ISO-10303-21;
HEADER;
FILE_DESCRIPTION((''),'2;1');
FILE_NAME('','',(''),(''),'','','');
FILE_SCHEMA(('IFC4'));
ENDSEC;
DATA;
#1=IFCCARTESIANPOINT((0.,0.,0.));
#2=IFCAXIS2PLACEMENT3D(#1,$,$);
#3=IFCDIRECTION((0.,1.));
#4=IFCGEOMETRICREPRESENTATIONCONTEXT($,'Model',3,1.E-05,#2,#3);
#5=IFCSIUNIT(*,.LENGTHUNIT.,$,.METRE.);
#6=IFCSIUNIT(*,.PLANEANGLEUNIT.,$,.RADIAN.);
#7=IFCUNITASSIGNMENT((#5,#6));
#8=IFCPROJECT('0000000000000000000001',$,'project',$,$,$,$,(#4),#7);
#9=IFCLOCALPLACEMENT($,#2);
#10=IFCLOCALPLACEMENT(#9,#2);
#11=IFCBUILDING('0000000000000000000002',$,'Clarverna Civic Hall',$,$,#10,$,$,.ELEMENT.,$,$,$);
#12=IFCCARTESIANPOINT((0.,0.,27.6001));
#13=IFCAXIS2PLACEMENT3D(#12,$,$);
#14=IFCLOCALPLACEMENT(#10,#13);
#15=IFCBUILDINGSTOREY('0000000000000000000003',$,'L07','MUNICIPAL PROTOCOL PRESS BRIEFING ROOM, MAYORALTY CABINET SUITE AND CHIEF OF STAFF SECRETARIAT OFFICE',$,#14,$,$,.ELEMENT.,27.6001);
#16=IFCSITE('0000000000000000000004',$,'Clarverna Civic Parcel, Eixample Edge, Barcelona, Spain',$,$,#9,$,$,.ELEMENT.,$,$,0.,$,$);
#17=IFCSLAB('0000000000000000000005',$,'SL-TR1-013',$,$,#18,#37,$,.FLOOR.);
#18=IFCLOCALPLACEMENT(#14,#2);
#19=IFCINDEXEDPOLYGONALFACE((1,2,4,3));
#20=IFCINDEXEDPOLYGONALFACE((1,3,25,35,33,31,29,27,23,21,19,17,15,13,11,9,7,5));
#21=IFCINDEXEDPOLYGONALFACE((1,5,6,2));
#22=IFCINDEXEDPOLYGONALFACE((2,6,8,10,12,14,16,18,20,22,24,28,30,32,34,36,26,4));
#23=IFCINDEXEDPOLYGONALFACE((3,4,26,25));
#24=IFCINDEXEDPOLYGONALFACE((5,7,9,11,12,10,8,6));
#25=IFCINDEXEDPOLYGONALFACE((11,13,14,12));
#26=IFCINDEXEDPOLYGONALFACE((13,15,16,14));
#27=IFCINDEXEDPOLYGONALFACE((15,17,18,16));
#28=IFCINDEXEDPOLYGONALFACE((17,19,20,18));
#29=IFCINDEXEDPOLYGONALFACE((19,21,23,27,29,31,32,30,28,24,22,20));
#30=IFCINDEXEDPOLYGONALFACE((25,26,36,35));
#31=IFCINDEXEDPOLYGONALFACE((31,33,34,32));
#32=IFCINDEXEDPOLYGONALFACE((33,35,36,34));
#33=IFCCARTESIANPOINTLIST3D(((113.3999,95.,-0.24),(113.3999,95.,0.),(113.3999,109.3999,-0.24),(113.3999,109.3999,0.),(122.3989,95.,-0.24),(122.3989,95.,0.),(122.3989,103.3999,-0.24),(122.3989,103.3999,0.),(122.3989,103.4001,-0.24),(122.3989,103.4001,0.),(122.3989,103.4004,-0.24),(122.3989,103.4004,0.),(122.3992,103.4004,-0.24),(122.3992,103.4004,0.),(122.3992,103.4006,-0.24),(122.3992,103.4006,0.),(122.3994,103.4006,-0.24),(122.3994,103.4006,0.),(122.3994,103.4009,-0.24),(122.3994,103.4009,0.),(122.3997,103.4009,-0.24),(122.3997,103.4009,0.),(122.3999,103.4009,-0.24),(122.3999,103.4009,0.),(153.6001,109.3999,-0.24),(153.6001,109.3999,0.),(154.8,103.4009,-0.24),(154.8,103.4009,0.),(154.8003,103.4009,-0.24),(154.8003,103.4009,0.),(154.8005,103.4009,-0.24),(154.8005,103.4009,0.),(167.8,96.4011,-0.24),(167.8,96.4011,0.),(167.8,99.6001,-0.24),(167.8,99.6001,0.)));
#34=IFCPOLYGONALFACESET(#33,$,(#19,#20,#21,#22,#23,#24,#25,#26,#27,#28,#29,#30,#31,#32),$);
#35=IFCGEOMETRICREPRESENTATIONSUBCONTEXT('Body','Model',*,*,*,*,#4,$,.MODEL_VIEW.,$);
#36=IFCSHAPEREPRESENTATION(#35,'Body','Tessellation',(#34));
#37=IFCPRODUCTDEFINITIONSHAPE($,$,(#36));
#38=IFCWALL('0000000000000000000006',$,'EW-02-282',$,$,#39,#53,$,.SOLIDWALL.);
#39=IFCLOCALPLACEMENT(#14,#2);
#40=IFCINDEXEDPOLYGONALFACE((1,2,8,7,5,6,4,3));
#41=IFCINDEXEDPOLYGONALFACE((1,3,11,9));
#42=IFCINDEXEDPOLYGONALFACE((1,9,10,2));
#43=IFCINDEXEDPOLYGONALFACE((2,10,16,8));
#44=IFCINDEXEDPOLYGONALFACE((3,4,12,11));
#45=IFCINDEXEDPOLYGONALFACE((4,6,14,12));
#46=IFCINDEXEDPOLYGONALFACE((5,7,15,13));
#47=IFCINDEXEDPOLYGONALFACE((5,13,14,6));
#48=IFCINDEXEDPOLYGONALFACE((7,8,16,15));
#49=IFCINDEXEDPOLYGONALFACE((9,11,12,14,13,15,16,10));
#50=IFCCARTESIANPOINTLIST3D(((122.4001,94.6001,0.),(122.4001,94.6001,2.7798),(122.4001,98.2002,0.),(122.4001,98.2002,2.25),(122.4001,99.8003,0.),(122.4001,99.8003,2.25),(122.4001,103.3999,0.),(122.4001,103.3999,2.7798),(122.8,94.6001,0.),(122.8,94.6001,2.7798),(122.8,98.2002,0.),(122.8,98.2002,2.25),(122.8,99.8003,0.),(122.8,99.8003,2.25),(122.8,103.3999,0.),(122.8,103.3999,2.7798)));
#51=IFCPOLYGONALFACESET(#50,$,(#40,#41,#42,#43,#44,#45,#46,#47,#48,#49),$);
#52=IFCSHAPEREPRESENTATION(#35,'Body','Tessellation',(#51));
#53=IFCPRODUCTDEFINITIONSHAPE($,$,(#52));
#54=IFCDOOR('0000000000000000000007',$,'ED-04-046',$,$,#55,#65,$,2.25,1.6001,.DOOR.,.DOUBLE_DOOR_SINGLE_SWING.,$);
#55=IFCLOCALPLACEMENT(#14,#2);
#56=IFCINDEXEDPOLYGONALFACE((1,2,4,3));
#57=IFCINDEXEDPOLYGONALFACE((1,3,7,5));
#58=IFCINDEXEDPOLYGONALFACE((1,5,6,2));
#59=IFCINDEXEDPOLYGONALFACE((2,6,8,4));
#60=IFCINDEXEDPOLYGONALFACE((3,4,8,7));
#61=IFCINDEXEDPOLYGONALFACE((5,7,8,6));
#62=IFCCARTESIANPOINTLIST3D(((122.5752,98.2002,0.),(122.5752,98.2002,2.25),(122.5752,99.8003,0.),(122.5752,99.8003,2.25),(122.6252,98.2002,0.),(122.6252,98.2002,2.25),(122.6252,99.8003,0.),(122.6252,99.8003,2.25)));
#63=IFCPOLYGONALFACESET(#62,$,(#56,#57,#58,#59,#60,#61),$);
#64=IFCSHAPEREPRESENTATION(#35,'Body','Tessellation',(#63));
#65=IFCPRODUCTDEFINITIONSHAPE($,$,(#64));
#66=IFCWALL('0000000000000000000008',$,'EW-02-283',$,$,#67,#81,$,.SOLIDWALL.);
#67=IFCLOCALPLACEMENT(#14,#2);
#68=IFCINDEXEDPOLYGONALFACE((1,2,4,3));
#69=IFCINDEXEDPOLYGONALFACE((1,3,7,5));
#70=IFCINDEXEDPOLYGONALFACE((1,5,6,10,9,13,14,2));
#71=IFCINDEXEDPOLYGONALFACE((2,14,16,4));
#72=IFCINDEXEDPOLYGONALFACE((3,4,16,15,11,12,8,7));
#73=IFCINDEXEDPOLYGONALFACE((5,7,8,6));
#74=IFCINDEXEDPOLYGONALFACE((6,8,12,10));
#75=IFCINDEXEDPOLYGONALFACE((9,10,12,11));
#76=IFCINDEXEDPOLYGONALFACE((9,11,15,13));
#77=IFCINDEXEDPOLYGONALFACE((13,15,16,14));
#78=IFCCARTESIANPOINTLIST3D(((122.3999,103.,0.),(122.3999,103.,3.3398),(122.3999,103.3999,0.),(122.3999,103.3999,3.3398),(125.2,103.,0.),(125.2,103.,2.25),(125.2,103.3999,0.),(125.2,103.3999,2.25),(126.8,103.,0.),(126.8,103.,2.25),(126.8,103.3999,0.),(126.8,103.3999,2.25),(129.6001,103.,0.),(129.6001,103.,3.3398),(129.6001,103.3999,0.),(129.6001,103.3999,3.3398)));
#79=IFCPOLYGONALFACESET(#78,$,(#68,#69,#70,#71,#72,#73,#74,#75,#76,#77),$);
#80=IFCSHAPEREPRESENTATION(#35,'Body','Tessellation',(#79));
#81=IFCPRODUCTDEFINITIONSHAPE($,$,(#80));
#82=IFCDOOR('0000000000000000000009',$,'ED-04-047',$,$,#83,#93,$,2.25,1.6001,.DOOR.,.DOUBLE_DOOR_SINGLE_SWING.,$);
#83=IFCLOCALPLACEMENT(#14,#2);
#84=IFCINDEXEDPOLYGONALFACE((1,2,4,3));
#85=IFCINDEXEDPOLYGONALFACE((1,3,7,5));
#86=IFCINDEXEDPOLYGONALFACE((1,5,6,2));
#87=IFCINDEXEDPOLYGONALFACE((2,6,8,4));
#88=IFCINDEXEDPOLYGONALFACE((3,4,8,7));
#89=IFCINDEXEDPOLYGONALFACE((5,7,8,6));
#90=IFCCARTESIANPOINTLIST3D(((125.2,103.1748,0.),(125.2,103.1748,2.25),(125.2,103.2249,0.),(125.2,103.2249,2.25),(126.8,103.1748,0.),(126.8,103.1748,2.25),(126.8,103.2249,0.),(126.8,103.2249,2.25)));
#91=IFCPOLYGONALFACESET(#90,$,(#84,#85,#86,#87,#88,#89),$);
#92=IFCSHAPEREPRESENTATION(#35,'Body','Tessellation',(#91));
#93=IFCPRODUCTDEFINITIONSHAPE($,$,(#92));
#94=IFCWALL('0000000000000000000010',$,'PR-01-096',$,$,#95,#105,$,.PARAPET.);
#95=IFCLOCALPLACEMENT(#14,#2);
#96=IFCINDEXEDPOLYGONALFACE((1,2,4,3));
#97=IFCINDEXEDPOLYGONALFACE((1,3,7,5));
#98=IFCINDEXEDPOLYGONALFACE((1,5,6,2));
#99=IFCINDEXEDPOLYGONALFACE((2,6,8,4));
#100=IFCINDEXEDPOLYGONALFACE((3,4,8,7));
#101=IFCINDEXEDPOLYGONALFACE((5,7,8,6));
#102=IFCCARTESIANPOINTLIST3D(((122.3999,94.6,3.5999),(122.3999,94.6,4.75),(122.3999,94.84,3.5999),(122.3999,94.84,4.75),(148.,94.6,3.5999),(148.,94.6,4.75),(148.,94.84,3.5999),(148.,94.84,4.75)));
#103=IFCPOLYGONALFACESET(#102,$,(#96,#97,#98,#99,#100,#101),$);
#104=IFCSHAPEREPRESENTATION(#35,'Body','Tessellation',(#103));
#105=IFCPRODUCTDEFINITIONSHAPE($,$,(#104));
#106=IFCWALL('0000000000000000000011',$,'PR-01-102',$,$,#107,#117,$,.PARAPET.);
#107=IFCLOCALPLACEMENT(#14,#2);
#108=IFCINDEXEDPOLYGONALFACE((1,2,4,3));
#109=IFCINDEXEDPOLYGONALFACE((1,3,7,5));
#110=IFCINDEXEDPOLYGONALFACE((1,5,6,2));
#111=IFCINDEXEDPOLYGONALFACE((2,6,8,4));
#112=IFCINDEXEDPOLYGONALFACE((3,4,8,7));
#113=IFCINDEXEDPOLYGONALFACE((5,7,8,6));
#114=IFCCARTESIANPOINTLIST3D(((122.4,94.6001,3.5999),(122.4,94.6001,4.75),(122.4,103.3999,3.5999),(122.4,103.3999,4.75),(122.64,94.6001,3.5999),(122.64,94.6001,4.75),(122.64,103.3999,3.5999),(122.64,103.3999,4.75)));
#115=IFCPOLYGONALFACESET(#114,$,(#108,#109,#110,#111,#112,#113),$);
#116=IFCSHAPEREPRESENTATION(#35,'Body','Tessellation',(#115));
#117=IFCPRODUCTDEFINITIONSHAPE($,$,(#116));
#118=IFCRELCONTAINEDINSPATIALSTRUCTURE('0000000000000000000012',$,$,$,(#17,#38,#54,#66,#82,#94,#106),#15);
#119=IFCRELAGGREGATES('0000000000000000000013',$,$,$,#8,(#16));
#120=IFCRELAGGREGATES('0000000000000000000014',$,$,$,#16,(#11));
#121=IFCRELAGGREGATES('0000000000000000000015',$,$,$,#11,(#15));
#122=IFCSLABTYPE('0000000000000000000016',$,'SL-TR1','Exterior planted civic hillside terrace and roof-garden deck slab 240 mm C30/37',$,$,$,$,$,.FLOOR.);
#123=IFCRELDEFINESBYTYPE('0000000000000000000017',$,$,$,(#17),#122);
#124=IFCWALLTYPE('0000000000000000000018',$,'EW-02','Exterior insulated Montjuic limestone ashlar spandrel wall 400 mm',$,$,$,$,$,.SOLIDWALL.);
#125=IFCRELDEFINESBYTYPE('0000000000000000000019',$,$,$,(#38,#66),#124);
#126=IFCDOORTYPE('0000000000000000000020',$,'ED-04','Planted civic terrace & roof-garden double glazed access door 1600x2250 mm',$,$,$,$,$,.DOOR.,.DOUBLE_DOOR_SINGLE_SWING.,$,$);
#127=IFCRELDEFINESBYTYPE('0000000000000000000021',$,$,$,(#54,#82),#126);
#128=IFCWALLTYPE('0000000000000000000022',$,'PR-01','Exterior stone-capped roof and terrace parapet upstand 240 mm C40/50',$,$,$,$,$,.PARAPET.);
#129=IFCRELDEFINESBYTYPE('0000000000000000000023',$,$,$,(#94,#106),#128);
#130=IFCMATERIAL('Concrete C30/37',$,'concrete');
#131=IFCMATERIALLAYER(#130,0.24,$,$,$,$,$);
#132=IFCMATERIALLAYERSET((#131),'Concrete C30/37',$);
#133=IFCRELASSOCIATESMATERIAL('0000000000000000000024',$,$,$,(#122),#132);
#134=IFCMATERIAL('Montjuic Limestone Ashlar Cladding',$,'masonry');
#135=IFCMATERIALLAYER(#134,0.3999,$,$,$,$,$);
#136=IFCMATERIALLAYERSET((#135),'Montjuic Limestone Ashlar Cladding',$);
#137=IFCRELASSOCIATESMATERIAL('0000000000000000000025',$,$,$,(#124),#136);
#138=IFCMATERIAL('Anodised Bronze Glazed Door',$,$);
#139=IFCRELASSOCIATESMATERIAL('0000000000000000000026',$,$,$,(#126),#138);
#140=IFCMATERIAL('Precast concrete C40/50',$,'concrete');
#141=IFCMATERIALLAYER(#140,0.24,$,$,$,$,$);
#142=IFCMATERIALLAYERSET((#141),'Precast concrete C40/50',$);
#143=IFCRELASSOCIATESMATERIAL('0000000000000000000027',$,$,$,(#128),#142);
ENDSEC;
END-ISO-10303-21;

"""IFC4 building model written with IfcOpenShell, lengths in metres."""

from ifc_helpers import new_model, si_unit, direction, frame, frame_2d, origin, place, context, subcontext, project, spatial, polyline, rectangle, outline, extrude, material, layer, layer_set, type_object, element, fill, save


model = new_model("IFC4")

# Units and contexts
model_context = context("Model", 3, precision=1e-05, world=origin(), true_north=direction((0.0, 1.0)))
body_context = subcontext(model_context, "Body", "Model", "MODEL_VIEW")
ifc_project = project(units=[si_unit("LENGTHUNIT", "METRE"), si_unit("PLANEANGLEUNIT", "RADIAN")], contexts=[model_context])

# Site, building, storey
site_placement = place(None, origin())
site = spatial("IfcSite", under=ifc_project, at=site_placement, Name="Clarverna Civic Parcel, Eixample Edge, Barcelona, Spain", CompositionType="ELEMENT", RefElevation=0.0)
building_placement = place(site_placement, origin())
building = spatial("IfcBuilding", under=site, at=building_placement, Name="Clarverna Civic Hall", CompositionType="ELEMENT")
storey_placement = place(building_placement, frame((0.0, 0.0, 27.6001)))
storey = spatial("IfcBuildingStorey", under=building, at=storey_placement, Name="L07", Description="MUNICIPAL PROTOCOL PRESS BRIEFING ROOM, MAYORALTY CABINET SUITE AND CHIEF OF STAFF SECRETARIAT OFFICE", CompositionType="ELEMENT", Elevation=27.6001)

# Slab
ifc_material_1 = material(Name="Concrete C30/37", Category="concrete")
ifc_layer_1 = layer(ifc_material_1, 0.24)
ifc_layer_set_1 = layer_set([ifc_layer_1], Name="Concrete C30/37")
slab_type_1 = type_object("IfcSlabType", Name="SL-TR1", Description="Exterior planted civic hillside terrace and roof-garden deck slab 240 mm C30/37", PredefinedType="FLOOR", material=ifc_layer_set_1)
slab_1_placement = place(storey_placement, frame((0.0, 0.0, -0.24)))
element("IfcSlab", 1, at=slab_1_placement, inside=storey, type_object=slab_type_1, Name="SL-TR1-013", PredefinedType="FLOOR", context=body_context, shape_type="SweptSolid", body=[
    extrude(outline(polyline([(113.3999, 95.0), (122.3989, 95.0), (122.3989, 103.3999), (122.3989, 103.4001), (122.3989, 103.4001), (122.3989, 103.4004), (122.3992, 103.4004), (122.3992, 103.4004), (122.3992, 103.4006), (122.3992, 103.4006), (122.3994, 103.4006), (122.3994, 103.4009), (122.3994, 103.4009), (122.3994, 103.4009), (122.3997, 103.4009), (122.3997, 103.4009), (122.3999, 103.4009), (122.3999, 103.4009), (122.3999, 103.4009), (154.8, 103.4009), (154.8, 103.4009), (154.8003, 103.4009), (154.8003, 103.4009), (154.8003, 103.4009), (154.8005, 103.4009), (167.8, 96.4011), (167.8, 99.6001), (153.6001, 109.3999), (113.3999, 109.3999), (113.3999, 95.0)])), origin(), (0.0, 0.0, 1.0), 0.24),
])

# Walls, openings, doors
ifc_material_2 = material(Name="Montjuic Limestone Ashlar Cladding", Category="masonry")
ifc_layer_2 = layer(ifc_material_2, 0.3999)
ifc_layer_set_2 = layer_set([ifc_layer_2], Name="Montjuic Limestone Ashlar Cladding")
wall_type_1 = type_object("IfcWallType", Name="EW-02", Description="Exterior insulated Montjuic limestone ashlar spandrel wall 400 mm", PredefinedType="SOLIDWALL", material=ifc_layer_set_2)
wall_1_placement = place(storey_placement, frame((122.6001, 94.6001, 0.0), z_axis=(0.0, 0.0, 1.0), x_axis=(0.0, 1.0, 0.0)))
wall_1 = element("IfcWall", 2, at=wall_1_placement, inside=storey, type_object=wall_type_1, Name="EW-02-282", PredefinedType="SOLIDWALL", context=body_context, shape_type="SweptSolid", body=[
    extrude(rectangle(XDim=8.7998, YDim=0.3999, at=frame_2d((4.3999, 0.0))), origin(), (0.0, 0.0, 1.0), 2.7798),
])
opening_1_placement = place(wall_1_placement, frame((3.6001, 0.0, 0.0)))
opening_1 = element("IfcOpeningElement", 3, at=opening_1_placement, cuts=wall_1, PredefinedType="OPENING", context=body_context, shape_type="SweptSolid", body=[
    extrude(rectangle(XDim=1.6001, YDim=2.25, at=frame_2d((0.8, 1.125))), frame((0.0, 0.21, 0.0), z_axis=(0.0, -1.0, 0.0), x_axis=(1.0, 0.0, 0.0)), (0.0, 0.0, 1.0), 0.4199),
])
ifc_material_3 = material(Name="Anodised Bronze Glazed Door")
door_type = type_object("IfcDoorType", Name="ED-04", Description="Planted civic terrace & roof-garden double glazed access door 1600x2250 mm", OperationType="DOUBLE_DOOR_SINGLE_SWING", PredefinedType="DOOR", material=ifc_material_3)
door_1_placement = place(opening_1_placement, origin())
door_1 = element("IfcDoor", 4, at=door_1_placement, inside=storey, type_object=door_type, Name="ED-04-046", OperationType="DOUBLE_DOOR_SINGLE_SWING", OverallHeight=2.25, OverallWidth=1.6001, PredefinedType="DOOR", context=body_context, shape_type="SweptSolid", body=[
    extrude(rectangle(XDim=1.6001, YDim=2.25, at=frame_2d((0.8, 1.125))), frame((0.0, 0.0249, 0.0), z_axis=(0.0, -1.0, 0.0), x_axis=(1.0, 0.0, 0.0)), (0.0, 0.0, 1.0), 0.05),
])
fill(opening_1, door_1)
wall_2_placement = place(storey_placement, frame((122.3999, 103.2, 0.0), z_axis=(0.0, 0.0, 1.0), x_axis=(1.0, 0.0, 0.0)))
wall_2 = element("IfcWall", 5, at=wall_2_placement, inside=storey, type_object=wall_type_1, Name="EW-02-283", PredefinedType="SOLIDWALL", context=body_context, shape_type="SweptSolid", body=[
    extrude(rectangle(XDim=7.2002, YDim=0.3999, at=frame_2d((3.6001, 0.0))), origin(), (0.0, 0.0, 1.0), 3.3398),
])
opening_2_placement = place(wall_2_placement, frame((2.8, 0.0, 0.0)))
opening_2 = element("IfcOpeningElement", 6, at=opening_2_placement, cuts=wall_2, PredefinedType="OPENING", context=body_context, shape_type="SweptSolid", body=[
    extrude(rectangle(XDim=1.6001, YDim=2.25, at=frame_2d((0.8, 1.125))), frame((0.0, 0.21, 0.0), z_axis=(0.0, -1.0, 0.0), x_axis=(1.0, 0.0, 0.0)), (0.0, 0.0, 1.0), 0.4199),
])
door_2_placement = place(opening_2_placement, origin())
door_2 = element("IfcDoor", 7, at=door_2_placement, inside=storey, type_object=door_type, Name="ED-04-047", OperationType="DOUBLE_DOOR_SINGLE_SWING", OverallHeight=2.25, OverallWidth=1.6001, PredefinedType="DOOR", context=body_context, shape_type="SweptSolid", body=[
    extrude(rectangle(XDim=1.6001, YDim=2.25, at=frame_2d((0.8, 1.125))), frame((0.0, 0.0249, 0.0), z_axis=(0.0, -1.0, 0.0), x_axis=(1.0, 0.0, 0.0)), (0.0, 0.0, 1.0), 0.05),
])
fill(opening_2, door_2)

# Walls
ifc_material_4 = material(Name="Precast concrete C40/50", Category="concrete")
ifc_layer_3 = layer(ifc_material_4, 0.24)
ifc_layer_set_3 = layer_set([ifc_layer_3], Name="Precast concrete C40/50")
wall_type_2 = type_object("IfcWallType", Name="PR-01", Description="Exterior stone-capped roof and terrace parapet upstand 240 mm C40/50", PredefinedType="PARAPET", material=ifc_layer_set_3)
wall_3_placement = place(storey_placement, frame((122.3999, 94.72, 3.5999), z_axis=(0.0, 0.0, 1.0), x_axis=(1.0, 0.0, 0.0)))
element("IfcWall", 8, at=wall_3_placement, inside=storey, type_object=wall_type_2, Name="PR-01-096", PredefinedType="PARAPET", context=body_context, shape_type="SweptSolid", body=[
    extrude(rectangle(XDim=25.6001, YDim=0.24, at=frame_2d((12.8, 0.0))), origin(), (0.0, 0.0, 1.0), 1.1501),
])
wall_4_placement = place(storey_placement, frame((122.52, 103.3999, 3.5999), z_axis=(0.0, 0.0, 1.0), x_axis=(0.0, -1.0, 0.0)))
element("IfcWall", 9, at=wall_4_placement, inside=storey, type_object=wall_type_2, Name="PR-01-102", PredefinedType="PARAPET", context=body_context, shape_type="SweptSolid", body=[
    extrude(rectangle(XDim=8.7998, YDim=0.24, at=frame_2d((4.3999, 0.0))), origin(), (0.0, 0.0, 1.0), 1.1501),
])

save(model, "model.ifc")
